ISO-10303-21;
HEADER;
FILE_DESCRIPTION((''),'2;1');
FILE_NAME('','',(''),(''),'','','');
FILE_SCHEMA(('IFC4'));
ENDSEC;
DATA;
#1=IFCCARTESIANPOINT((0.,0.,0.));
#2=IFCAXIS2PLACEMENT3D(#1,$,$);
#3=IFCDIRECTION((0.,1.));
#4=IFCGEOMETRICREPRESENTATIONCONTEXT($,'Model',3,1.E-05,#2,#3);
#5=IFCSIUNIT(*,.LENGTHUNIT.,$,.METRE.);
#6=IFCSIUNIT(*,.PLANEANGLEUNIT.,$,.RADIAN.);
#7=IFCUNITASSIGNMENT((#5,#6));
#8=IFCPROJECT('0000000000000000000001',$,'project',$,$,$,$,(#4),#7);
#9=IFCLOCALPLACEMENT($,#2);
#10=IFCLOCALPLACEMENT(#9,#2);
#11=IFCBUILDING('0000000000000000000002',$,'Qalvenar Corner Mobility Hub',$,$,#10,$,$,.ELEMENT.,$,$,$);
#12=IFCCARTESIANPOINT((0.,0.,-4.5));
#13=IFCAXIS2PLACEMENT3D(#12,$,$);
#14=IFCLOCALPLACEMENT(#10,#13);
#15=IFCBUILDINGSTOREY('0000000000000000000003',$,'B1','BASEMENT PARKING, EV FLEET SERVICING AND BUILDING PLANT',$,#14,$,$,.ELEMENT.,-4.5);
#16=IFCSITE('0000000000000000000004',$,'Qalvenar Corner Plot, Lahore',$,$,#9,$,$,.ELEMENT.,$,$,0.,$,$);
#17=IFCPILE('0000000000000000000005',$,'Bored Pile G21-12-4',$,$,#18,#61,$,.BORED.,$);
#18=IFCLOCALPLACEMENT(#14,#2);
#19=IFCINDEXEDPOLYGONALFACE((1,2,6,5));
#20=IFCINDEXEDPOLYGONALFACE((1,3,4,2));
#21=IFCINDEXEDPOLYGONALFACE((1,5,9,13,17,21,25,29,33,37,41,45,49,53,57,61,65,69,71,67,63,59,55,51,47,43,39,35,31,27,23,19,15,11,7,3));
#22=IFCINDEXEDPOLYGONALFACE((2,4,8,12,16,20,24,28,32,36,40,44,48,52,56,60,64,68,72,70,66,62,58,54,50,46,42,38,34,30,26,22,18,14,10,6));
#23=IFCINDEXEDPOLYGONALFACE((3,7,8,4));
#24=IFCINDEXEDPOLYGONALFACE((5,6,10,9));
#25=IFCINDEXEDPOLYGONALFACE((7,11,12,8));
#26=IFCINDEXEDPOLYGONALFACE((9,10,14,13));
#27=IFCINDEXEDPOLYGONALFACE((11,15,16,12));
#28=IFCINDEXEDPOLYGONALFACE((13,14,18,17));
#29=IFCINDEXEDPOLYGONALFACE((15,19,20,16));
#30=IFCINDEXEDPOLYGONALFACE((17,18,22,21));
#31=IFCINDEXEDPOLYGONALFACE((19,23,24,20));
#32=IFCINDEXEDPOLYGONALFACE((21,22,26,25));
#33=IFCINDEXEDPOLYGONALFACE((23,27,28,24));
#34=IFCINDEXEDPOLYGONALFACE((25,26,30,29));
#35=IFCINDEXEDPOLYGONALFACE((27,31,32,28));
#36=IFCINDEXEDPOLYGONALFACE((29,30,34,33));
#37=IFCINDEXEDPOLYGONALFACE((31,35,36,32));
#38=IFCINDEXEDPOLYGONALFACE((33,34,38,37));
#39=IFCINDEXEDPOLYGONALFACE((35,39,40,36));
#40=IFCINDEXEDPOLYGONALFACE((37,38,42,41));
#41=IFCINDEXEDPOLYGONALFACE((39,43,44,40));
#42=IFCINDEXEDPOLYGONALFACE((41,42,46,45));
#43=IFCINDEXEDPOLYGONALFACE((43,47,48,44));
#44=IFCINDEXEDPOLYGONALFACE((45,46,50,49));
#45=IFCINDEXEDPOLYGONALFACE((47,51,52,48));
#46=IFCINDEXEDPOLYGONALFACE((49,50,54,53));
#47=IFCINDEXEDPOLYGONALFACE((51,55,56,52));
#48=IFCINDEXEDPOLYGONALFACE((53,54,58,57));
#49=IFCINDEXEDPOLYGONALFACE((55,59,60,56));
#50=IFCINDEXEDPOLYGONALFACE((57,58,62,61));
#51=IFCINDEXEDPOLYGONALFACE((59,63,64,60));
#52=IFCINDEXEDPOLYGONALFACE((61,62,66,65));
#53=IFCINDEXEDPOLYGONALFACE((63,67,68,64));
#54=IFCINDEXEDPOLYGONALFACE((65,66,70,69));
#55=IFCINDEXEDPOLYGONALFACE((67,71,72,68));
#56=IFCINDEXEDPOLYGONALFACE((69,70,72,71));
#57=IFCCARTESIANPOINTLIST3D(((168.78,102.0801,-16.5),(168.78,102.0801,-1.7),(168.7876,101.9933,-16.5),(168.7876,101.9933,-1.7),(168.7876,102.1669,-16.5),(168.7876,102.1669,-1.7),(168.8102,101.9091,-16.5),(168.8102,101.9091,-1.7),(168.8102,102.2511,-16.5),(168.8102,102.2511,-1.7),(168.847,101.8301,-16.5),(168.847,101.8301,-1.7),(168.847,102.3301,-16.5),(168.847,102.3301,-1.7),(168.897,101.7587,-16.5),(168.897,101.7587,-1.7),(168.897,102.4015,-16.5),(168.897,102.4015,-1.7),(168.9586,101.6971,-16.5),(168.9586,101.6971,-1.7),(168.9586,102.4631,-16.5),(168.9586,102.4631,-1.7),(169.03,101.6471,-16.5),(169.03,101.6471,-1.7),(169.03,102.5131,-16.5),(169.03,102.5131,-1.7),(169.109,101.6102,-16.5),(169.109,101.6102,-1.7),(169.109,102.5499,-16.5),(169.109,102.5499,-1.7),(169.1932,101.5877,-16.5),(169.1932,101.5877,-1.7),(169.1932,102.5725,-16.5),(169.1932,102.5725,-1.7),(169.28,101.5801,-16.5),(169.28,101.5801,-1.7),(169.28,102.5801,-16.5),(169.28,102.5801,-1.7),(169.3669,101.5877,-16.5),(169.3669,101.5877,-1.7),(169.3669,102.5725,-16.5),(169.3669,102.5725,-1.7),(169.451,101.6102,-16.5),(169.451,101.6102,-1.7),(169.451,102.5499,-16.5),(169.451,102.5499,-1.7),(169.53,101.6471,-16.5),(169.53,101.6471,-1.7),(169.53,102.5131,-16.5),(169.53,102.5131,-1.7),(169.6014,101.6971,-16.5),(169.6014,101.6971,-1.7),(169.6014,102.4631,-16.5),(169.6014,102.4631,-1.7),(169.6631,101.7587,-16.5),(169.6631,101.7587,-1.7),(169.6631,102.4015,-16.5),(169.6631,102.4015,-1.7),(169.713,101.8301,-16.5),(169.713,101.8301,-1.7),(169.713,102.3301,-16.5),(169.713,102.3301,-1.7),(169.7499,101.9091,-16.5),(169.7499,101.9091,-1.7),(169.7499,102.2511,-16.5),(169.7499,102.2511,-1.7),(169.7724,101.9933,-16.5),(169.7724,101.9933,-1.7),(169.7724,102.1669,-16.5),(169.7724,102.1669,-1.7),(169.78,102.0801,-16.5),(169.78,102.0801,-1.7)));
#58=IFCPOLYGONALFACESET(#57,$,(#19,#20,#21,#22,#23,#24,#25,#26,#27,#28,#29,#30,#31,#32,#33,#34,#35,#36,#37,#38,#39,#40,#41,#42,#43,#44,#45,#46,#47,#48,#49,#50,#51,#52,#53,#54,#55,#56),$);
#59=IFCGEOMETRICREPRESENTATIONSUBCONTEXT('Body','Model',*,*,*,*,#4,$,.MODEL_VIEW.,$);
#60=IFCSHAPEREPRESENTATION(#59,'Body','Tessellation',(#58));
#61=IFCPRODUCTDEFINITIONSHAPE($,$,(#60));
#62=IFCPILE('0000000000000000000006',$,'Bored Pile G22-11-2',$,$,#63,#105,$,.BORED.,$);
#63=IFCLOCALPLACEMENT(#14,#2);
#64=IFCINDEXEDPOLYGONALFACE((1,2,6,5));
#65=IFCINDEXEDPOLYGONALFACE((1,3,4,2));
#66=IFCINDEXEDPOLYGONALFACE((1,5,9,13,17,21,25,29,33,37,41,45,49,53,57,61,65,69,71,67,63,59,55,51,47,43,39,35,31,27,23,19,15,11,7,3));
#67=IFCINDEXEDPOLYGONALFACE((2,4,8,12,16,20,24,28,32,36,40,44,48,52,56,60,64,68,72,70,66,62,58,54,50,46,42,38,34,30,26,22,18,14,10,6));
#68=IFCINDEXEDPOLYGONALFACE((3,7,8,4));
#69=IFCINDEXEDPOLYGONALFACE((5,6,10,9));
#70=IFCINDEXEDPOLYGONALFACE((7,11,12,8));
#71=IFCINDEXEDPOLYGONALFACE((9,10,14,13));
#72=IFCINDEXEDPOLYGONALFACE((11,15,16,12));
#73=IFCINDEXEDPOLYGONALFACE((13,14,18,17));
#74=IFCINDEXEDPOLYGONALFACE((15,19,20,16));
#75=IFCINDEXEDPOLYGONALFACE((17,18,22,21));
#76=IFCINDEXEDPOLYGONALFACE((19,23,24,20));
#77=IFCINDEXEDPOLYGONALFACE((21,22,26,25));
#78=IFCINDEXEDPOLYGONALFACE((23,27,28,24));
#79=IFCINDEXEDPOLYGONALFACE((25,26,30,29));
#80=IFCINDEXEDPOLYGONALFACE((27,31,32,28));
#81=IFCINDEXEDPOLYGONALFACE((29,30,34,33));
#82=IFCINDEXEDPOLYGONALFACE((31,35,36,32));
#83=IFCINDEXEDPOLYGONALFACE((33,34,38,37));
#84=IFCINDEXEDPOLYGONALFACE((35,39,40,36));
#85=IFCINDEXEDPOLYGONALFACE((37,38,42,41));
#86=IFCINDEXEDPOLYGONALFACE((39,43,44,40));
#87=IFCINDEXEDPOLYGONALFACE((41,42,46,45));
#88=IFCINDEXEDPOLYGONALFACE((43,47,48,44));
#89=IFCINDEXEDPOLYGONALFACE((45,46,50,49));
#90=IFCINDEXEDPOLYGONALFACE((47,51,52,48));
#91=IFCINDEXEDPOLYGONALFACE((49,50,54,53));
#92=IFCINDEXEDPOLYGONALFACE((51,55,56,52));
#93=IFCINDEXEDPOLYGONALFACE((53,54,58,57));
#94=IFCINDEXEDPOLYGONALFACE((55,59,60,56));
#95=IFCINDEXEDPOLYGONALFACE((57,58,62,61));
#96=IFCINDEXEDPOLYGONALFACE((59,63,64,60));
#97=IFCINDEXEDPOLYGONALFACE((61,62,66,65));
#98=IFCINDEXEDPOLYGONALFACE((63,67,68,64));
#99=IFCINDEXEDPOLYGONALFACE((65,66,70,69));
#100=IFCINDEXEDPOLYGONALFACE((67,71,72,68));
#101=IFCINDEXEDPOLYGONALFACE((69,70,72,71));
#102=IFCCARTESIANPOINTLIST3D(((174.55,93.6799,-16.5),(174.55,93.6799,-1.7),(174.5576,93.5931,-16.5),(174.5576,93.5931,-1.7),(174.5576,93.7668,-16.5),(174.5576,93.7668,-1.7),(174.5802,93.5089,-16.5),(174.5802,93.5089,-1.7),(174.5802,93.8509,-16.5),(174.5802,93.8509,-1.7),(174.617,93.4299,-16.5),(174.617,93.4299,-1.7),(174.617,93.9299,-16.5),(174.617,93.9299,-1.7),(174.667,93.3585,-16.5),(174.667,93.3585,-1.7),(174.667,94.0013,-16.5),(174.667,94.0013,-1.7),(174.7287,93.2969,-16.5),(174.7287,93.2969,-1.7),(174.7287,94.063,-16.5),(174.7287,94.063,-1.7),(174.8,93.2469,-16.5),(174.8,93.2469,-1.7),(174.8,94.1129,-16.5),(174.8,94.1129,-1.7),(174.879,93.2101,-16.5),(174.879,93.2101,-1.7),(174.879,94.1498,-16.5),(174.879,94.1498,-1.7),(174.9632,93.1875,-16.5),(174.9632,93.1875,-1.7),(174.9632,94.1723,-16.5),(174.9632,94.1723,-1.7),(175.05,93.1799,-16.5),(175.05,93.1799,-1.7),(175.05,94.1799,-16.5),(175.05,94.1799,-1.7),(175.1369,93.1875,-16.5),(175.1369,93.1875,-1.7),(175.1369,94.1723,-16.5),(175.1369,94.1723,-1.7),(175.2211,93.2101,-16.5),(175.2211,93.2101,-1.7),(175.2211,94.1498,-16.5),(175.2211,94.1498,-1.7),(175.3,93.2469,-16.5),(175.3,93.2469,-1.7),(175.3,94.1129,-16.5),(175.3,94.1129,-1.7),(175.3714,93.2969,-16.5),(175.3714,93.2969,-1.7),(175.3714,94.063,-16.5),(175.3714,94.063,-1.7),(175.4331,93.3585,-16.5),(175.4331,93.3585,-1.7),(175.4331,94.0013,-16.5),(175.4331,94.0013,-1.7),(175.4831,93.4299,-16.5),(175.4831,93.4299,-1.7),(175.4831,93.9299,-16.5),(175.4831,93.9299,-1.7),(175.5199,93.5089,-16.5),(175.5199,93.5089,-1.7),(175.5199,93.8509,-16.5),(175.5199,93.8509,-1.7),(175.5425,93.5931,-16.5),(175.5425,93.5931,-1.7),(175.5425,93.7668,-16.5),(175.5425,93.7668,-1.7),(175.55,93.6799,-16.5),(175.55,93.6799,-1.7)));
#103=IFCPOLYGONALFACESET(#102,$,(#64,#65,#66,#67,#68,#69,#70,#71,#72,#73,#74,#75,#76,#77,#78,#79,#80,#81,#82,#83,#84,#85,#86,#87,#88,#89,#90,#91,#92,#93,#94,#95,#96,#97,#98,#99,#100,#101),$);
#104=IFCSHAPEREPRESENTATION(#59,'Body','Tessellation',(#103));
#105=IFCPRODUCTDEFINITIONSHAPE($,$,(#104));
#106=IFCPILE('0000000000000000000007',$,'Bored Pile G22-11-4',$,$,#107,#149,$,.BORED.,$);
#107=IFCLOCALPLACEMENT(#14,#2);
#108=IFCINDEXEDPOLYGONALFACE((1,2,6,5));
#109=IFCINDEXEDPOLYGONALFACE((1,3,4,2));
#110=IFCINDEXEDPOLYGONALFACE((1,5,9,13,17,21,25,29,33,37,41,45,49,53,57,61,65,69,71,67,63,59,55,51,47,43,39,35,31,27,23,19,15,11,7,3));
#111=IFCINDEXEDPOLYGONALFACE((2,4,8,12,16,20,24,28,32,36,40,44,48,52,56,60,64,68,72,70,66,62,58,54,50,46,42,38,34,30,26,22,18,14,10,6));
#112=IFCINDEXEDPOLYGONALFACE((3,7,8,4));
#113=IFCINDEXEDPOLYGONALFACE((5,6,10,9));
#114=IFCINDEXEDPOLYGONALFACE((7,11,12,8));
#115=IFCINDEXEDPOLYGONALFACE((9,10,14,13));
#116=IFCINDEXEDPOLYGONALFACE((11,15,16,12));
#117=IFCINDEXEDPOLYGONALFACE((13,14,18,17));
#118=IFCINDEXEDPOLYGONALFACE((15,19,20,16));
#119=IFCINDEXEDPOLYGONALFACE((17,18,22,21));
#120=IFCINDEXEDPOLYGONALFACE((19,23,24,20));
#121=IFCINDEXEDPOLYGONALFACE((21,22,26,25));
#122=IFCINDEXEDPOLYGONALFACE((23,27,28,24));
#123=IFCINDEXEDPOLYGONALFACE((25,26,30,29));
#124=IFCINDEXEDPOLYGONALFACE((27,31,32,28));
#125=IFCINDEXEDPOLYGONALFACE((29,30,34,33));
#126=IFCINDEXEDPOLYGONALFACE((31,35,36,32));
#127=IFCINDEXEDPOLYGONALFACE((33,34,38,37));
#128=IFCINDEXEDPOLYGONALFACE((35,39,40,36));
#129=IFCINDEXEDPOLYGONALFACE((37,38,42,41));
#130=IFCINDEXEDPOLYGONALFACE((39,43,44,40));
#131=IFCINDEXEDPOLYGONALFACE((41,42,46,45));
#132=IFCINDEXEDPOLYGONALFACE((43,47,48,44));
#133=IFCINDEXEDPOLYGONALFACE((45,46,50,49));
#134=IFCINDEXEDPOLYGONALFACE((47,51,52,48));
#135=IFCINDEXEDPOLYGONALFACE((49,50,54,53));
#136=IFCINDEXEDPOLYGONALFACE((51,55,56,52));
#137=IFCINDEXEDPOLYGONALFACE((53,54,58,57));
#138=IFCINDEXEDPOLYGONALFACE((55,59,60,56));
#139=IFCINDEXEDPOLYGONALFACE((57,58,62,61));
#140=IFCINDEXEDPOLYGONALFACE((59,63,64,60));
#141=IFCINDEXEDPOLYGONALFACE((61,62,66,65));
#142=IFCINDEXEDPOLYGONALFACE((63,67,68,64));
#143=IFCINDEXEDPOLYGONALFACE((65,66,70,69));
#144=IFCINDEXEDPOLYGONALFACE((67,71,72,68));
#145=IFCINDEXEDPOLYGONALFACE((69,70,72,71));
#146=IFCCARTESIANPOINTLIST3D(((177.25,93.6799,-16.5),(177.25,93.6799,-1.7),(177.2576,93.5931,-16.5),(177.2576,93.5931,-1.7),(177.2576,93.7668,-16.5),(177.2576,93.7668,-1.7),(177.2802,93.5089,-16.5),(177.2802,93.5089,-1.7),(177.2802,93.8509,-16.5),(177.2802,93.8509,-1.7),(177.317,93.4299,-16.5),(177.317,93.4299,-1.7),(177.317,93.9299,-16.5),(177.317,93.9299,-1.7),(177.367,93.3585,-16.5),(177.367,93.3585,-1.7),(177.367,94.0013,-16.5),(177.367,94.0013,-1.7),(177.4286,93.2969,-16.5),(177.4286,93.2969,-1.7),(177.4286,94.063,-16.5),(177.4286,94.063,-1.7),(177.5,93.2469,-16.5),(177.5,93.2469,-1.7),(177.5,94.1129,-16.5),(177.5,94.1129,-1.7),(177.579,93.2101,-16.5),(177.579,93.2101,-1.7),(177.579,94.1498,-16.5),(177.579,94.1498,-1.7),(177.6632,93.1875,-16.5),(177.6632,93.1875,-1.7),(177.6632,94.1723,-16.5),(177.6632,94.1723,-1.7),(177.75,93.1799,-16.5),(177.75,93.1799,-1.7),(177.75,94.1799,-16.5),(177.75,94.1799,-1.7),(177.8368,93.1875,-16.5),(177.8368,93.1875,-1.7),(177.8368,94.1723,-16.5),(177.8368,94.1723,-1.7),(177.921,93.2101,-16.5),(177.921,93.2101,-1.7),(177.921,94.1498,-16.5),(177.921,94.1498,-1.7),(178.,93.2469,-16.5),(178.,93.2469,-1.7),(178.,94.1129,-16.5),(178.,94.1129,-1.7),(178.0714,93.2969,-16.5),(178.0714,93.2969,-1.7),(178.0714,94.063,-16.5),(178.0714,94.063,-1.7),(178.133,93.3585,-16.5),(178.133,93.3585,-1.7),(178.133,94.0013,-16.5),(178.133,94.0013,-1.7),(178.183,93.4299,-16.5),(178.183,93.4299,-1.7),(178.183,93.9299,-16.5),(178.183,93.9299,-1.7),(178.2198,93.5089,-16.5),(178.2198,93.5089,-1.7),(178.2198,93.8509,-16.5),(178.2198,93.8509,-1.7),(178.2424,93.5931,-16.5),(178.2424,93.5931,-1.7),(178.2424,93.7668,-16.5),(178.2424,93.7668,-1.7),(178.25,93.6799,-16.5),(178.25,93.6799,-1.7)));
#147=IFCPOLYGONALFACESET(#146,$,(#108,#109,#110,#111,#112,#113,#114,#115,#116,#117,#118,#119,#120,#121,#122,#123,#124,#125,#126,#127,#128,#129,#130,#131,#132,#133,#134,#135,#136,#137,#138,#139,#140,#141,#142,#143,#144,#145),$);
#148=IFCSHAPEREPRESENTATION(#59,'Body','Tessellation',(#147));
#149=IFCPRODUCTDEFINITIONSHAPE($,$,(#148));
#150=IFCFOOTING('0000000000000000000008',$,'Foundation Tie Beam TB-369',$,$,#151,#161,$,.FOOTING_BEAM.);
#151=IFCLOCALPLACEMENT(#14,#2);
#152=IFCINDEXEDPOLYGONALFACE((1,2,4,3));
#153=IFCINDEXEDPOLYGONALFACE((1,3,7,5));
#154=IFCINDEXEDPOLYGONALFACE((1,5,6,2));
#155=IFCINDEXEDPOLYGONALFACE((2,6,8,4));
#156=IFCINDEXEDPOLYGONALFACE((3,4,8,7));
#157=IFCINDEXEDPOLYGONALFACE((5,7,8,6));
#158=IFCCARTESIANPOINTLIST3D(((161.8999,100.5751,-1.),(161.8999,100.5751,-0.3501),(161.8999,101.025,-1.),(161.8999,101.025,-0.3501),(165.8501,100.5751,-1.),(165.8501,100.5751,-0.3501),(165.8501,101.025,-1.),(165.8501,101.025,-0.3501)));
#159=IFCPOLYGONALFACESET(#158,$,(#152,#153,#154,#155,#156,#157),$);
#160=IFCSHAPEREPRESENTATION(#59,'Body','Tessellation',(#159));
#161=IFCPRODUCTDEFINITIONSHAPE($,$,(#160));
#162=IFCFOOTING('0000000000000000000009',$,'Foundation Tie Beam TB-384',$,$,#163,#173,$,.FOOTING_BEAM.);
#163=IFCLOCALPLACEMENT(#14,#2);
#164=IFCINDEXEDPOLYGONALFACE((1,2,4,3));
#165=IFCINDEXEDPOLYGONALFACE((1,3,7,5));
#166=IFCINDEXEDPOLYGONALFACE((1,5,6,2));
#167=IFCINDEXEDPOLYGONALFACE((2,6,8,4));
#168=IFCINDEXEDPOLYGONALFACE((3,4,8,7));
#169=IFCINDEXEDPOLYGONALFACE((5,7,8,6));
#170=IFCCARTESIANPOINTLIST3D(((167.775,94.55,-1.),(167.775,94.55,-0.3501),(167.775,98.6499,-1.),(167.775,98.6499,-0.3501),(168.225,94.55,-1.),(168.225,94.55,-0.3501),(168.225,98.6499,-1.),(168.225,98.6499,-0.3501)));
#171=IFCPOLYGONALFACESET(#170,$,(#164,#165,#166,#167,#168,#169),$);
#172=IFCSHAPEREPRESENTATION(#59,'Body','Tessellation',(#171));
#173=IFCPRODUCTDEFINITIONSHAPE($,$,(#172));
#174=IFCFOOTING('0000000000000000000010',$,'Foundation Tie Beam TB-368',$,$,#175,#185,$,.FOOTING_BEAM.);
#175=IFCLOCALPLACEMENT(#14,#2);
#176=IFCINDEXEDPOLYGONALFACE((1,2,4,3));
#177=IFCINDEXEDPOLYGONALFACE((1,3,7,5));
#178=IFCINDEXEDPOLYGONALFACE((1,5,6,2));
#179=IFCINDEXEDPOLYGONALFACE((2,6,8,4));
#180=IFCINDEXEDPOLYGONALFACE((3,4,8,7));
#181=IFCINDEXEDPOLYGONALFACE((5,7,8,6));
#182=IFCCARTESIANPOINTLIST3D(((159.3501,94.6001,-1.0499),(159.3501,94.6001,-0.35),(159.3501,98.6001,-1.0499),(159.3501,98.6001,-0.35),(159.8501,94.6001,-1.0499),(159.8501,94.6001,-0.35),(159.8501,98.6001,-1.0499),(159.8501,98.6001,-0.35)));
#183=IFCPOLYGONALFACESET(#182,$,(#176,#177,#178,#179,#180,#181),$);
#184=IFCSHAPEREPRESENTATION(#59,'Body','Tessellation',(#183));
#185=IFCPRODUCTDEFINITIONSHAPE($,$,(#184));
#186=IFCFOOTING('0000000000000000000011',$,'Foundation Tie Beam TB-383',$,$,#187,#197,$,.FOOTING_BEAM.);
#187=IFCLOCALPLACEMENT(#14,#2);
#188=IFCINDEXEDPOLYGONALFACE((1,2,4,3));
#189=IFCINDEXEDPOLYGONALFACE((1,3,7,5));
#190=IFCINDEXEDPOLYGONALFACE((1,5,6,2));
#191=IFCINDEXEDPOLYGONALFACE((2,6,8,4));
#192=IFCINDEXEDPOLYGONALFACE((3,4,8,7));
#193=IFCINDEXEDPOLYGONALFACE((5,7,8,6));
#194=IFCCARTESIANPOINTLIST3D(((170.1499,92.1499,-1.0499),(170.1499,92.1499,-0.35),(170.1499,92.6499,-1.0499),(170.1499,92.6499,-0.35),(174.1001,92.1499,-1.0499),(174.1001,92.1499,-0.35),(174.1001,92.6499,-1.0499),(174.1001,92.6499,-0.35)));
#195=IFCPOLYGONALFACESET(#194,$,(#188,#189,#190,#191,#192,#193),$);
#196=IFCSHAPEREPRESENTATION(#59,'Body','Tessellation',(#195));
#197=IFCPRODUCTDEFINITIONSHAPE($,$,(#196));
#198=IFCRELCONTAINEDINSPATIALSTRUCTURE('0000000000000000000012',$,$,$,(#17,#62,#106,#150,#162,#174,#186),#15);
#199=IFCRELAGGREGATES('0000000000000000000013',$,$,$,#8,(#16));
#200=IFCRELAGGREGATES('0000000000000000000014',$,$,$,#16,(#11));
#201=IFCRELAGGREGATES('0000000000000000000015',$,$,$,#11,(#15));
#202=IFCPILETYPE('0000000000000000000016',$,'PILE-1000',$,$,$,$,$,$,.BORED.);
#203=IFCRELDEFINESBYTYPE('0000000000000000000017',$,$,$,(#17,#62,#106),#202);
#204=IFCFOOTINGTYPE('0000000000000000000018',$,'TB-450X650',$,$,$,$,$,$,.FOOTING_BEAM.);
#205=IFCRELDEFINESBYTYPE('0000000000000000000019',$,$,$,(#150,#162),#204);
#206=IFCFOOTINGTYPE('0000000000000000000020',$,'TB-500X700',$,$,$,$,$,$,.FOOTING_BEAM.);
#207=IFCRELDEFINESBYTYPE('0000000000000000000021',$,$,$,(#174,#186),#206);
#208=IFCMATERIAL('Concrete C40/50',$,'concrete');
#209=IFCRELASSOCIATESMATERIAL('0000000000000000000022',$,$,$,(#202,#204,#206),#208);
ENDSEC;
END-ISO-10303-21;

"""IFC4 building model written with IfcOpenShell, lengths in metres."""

from ifc_helpers import new_model, si_unit, direction, frame, origin, origin_2d, place, context, subcontext, project, spatial, rectangle, circle, extrude, material, material_profile, profile_set, type_object, element, save


model = new_model("IFC4")

# Units and contexts
model_context = context("Model", 3, precision=1e-05, world=origin(), true_north=direction((0.0, 1.0)))
body_context = subcontext(model_context, "Body", "Model", "MODEL_VIEW")
ifc_project = project(units=[si_unit("LENGTHUNIT", "METRE"), si_unit("PLANEANGLEUNIT", "RADIAN")], contexts=[model_context])

# Site, building, storey
site_placement = place(None, origin())
site = spatial("IfcSite", under=ifc_project, at=site_placement, Name="Qalvenar Corner Plot, Lahore", CompositionType="ELEMENT", RefElevation=0.0)
building_placement = place(site_placement, origin())
building = spatial("IfcBuilding", under=site, at=building_placement, Name="Qalvenar Corner Mobility Hub", CompositionType="ELEMENT")
storey_placement = place(building_placement, frame((0.0, 0.0, -4.5)))
storey = spatial("IfcBuildingStorey", under=building, at=storey_placement, Name="B1", Description="BASEMENT PARKING, EV FLEET SERVICING AND BUILDING PLANT", CompositionType="ELEMENT", Elevation=-4.5)

# Shared definitions
ifc_material_1 = material(Name="Concrete C40/50", Category="concrete")

# Piles
ifc_material_profile_1 = material_profile(ifc_material_1, circle(Radius=0.5, at=origin_2d()), Name="DIA1000")
ifc_profile_set_1 = profile_set([ifc_material_profile_1], Name="Concrete C40/50")
pile_type = type_object("IfcPileType", Name="PILE-1000", PredefinedType="BORED", material=ifc_profile_set_1)
for number, where, z_axis, x_axis, name in (
    (1, (169.28, 102.0801, -1.7), (0.0, 0.0, -1.0), (1.0, 0.0, 0.0), "Bored Pile G21-12-4"),
    (2, (175.05, 93.6799, -1.7), (0.0, 0.0, -1.0), (1.0, 0.0, 0.0), "Bored Pile G22-11-2"),
    (3, (177.75, 93.6799, -1.7), (0.0, 0.0, -1.0), (1.0, 0.0, 0.0), "Bored Pile G22-11-4"),
):
    element("IfcPile", number, at=place(storey_placement, frame(where, z_axis=z_axis, x_axis=x_axis)), inside=storey, type_object=pile_type, Name=name, PredefinedType="BORED", context=body_context, shape_type="SweptSolid", body=[
        extrude(circle(Radius=0.5, at=origin_2d()), origin(), (0.0, 0.0, 1.0), 14.8),
    ])

# Footings
ifc_material_profile_2 = material_profile(ifc_material_1, rectangle(XDim=0.45, YDim=0.6499, at=origin_2d()), Name="RC450x650")
ifc_profile_set_2 = profile_set([ifc_material_profile_2], Name="Concrete C40/50")
footing_type_1 = type_object("IfcFootingType", Name="TB-450X650", PredefinedType="FOOTING_BEAM", material=ifc_profile_set_2)
footing_1_placement = place(storey_placement, frame((161.8999, 100.8, -0.675), z_axis=(1.0, 0.0, 0.0), x_axis=(0.0, 1.0, 0.0)))
element("IfcFooting", 4, at=footing_1_placement, inside=storey, type_object=footing_type_1, Name="Foundation Tie Beam TB-369", PredefinedType="FOOTING_BEAM", context=body_context, shape_type="SweptSolid", body=[
    extrude(rectangle(XDim=0.45, YDim=0.6499, at=origin_2d()), origin(), (0.0, 0.0, 1.0), 3.9502),
])
footing_2_placement = place(storey_placement, frame((168.0, 94.55, -0.675), z_axis=(0.0, 1.0, 0.0), x_axis=(-1.0, 0.0, 0.0)))
element("IfcFooting", 5, at=footing_2_placement, inside=storey, type_object=footing_type_1, Name="Foundation Tie Beam TB-384", PredefinedType="FOOTING_BEAM", context=body_context, shape_type="SweptSolid", body=[
    extrude(rectangle(XDim=0.45, YDim=0.6499, at=origin_2d()), origin(), (0.0, 0.0, 1.0), 4.0999),
])
ifc_material_profile_3 = material_profile(ifc_material_1, rectangle(XDim=0.5, YDim=0.7, at=origin_2d()), Name="RC500x700")
ifc_profile_set_3 = profile_set([ifc_material_profile_3], Name="Concrete C40/50")
footing_type_2 = type_object("IfcFootingType", Name="TB-500X700", PredefinedType="FOOTING_BEAM", material=ifc_profile_set_3)
footing_3_placement = place(storey_placement, frame((159.6001, 94.6001, -0.7), z_axis=(0.0, 1.0, 0.0), x_axis=(-1.0, 0.0, 0.0)))
element("IfcFooting", 6, at=footing_3_placement, inside=storey, type_object=footing_type_2, Name="Foundation Tie Beam TB-368", PredefinedType="FOOTING_BEAM", context=body_context, shape_type="SweptSolid", body=[
    extrude(rectangle(XDim=0.5, YDim=0.7, at=origin_2d()), origin(), (0.0, 0.0, 1.0), 4.0),
])
footing_4_placement = place(storey_placement, frame((170.1499, 92.3999, -0.7), z_axis=(1.0, 0.0, 0.0), x_axis=(0.0, 1.0, 0.0)))
element("IfcFooting", 7, at=footing_4_placement, inside=storey, type_object=footing_type_2, Name="Foundation Tie Beam TB-383", PredefinedType="FOOTING_BEAM", context=body_context, shape_type="SweptSolid", body=[
    extrude(rectangle(XDim=0.5, YDim=0.7, at=origin_2d()), origin(), (0.0, 0.0, 1.0), 3.9502),
])

save(model, "model.ifc")
